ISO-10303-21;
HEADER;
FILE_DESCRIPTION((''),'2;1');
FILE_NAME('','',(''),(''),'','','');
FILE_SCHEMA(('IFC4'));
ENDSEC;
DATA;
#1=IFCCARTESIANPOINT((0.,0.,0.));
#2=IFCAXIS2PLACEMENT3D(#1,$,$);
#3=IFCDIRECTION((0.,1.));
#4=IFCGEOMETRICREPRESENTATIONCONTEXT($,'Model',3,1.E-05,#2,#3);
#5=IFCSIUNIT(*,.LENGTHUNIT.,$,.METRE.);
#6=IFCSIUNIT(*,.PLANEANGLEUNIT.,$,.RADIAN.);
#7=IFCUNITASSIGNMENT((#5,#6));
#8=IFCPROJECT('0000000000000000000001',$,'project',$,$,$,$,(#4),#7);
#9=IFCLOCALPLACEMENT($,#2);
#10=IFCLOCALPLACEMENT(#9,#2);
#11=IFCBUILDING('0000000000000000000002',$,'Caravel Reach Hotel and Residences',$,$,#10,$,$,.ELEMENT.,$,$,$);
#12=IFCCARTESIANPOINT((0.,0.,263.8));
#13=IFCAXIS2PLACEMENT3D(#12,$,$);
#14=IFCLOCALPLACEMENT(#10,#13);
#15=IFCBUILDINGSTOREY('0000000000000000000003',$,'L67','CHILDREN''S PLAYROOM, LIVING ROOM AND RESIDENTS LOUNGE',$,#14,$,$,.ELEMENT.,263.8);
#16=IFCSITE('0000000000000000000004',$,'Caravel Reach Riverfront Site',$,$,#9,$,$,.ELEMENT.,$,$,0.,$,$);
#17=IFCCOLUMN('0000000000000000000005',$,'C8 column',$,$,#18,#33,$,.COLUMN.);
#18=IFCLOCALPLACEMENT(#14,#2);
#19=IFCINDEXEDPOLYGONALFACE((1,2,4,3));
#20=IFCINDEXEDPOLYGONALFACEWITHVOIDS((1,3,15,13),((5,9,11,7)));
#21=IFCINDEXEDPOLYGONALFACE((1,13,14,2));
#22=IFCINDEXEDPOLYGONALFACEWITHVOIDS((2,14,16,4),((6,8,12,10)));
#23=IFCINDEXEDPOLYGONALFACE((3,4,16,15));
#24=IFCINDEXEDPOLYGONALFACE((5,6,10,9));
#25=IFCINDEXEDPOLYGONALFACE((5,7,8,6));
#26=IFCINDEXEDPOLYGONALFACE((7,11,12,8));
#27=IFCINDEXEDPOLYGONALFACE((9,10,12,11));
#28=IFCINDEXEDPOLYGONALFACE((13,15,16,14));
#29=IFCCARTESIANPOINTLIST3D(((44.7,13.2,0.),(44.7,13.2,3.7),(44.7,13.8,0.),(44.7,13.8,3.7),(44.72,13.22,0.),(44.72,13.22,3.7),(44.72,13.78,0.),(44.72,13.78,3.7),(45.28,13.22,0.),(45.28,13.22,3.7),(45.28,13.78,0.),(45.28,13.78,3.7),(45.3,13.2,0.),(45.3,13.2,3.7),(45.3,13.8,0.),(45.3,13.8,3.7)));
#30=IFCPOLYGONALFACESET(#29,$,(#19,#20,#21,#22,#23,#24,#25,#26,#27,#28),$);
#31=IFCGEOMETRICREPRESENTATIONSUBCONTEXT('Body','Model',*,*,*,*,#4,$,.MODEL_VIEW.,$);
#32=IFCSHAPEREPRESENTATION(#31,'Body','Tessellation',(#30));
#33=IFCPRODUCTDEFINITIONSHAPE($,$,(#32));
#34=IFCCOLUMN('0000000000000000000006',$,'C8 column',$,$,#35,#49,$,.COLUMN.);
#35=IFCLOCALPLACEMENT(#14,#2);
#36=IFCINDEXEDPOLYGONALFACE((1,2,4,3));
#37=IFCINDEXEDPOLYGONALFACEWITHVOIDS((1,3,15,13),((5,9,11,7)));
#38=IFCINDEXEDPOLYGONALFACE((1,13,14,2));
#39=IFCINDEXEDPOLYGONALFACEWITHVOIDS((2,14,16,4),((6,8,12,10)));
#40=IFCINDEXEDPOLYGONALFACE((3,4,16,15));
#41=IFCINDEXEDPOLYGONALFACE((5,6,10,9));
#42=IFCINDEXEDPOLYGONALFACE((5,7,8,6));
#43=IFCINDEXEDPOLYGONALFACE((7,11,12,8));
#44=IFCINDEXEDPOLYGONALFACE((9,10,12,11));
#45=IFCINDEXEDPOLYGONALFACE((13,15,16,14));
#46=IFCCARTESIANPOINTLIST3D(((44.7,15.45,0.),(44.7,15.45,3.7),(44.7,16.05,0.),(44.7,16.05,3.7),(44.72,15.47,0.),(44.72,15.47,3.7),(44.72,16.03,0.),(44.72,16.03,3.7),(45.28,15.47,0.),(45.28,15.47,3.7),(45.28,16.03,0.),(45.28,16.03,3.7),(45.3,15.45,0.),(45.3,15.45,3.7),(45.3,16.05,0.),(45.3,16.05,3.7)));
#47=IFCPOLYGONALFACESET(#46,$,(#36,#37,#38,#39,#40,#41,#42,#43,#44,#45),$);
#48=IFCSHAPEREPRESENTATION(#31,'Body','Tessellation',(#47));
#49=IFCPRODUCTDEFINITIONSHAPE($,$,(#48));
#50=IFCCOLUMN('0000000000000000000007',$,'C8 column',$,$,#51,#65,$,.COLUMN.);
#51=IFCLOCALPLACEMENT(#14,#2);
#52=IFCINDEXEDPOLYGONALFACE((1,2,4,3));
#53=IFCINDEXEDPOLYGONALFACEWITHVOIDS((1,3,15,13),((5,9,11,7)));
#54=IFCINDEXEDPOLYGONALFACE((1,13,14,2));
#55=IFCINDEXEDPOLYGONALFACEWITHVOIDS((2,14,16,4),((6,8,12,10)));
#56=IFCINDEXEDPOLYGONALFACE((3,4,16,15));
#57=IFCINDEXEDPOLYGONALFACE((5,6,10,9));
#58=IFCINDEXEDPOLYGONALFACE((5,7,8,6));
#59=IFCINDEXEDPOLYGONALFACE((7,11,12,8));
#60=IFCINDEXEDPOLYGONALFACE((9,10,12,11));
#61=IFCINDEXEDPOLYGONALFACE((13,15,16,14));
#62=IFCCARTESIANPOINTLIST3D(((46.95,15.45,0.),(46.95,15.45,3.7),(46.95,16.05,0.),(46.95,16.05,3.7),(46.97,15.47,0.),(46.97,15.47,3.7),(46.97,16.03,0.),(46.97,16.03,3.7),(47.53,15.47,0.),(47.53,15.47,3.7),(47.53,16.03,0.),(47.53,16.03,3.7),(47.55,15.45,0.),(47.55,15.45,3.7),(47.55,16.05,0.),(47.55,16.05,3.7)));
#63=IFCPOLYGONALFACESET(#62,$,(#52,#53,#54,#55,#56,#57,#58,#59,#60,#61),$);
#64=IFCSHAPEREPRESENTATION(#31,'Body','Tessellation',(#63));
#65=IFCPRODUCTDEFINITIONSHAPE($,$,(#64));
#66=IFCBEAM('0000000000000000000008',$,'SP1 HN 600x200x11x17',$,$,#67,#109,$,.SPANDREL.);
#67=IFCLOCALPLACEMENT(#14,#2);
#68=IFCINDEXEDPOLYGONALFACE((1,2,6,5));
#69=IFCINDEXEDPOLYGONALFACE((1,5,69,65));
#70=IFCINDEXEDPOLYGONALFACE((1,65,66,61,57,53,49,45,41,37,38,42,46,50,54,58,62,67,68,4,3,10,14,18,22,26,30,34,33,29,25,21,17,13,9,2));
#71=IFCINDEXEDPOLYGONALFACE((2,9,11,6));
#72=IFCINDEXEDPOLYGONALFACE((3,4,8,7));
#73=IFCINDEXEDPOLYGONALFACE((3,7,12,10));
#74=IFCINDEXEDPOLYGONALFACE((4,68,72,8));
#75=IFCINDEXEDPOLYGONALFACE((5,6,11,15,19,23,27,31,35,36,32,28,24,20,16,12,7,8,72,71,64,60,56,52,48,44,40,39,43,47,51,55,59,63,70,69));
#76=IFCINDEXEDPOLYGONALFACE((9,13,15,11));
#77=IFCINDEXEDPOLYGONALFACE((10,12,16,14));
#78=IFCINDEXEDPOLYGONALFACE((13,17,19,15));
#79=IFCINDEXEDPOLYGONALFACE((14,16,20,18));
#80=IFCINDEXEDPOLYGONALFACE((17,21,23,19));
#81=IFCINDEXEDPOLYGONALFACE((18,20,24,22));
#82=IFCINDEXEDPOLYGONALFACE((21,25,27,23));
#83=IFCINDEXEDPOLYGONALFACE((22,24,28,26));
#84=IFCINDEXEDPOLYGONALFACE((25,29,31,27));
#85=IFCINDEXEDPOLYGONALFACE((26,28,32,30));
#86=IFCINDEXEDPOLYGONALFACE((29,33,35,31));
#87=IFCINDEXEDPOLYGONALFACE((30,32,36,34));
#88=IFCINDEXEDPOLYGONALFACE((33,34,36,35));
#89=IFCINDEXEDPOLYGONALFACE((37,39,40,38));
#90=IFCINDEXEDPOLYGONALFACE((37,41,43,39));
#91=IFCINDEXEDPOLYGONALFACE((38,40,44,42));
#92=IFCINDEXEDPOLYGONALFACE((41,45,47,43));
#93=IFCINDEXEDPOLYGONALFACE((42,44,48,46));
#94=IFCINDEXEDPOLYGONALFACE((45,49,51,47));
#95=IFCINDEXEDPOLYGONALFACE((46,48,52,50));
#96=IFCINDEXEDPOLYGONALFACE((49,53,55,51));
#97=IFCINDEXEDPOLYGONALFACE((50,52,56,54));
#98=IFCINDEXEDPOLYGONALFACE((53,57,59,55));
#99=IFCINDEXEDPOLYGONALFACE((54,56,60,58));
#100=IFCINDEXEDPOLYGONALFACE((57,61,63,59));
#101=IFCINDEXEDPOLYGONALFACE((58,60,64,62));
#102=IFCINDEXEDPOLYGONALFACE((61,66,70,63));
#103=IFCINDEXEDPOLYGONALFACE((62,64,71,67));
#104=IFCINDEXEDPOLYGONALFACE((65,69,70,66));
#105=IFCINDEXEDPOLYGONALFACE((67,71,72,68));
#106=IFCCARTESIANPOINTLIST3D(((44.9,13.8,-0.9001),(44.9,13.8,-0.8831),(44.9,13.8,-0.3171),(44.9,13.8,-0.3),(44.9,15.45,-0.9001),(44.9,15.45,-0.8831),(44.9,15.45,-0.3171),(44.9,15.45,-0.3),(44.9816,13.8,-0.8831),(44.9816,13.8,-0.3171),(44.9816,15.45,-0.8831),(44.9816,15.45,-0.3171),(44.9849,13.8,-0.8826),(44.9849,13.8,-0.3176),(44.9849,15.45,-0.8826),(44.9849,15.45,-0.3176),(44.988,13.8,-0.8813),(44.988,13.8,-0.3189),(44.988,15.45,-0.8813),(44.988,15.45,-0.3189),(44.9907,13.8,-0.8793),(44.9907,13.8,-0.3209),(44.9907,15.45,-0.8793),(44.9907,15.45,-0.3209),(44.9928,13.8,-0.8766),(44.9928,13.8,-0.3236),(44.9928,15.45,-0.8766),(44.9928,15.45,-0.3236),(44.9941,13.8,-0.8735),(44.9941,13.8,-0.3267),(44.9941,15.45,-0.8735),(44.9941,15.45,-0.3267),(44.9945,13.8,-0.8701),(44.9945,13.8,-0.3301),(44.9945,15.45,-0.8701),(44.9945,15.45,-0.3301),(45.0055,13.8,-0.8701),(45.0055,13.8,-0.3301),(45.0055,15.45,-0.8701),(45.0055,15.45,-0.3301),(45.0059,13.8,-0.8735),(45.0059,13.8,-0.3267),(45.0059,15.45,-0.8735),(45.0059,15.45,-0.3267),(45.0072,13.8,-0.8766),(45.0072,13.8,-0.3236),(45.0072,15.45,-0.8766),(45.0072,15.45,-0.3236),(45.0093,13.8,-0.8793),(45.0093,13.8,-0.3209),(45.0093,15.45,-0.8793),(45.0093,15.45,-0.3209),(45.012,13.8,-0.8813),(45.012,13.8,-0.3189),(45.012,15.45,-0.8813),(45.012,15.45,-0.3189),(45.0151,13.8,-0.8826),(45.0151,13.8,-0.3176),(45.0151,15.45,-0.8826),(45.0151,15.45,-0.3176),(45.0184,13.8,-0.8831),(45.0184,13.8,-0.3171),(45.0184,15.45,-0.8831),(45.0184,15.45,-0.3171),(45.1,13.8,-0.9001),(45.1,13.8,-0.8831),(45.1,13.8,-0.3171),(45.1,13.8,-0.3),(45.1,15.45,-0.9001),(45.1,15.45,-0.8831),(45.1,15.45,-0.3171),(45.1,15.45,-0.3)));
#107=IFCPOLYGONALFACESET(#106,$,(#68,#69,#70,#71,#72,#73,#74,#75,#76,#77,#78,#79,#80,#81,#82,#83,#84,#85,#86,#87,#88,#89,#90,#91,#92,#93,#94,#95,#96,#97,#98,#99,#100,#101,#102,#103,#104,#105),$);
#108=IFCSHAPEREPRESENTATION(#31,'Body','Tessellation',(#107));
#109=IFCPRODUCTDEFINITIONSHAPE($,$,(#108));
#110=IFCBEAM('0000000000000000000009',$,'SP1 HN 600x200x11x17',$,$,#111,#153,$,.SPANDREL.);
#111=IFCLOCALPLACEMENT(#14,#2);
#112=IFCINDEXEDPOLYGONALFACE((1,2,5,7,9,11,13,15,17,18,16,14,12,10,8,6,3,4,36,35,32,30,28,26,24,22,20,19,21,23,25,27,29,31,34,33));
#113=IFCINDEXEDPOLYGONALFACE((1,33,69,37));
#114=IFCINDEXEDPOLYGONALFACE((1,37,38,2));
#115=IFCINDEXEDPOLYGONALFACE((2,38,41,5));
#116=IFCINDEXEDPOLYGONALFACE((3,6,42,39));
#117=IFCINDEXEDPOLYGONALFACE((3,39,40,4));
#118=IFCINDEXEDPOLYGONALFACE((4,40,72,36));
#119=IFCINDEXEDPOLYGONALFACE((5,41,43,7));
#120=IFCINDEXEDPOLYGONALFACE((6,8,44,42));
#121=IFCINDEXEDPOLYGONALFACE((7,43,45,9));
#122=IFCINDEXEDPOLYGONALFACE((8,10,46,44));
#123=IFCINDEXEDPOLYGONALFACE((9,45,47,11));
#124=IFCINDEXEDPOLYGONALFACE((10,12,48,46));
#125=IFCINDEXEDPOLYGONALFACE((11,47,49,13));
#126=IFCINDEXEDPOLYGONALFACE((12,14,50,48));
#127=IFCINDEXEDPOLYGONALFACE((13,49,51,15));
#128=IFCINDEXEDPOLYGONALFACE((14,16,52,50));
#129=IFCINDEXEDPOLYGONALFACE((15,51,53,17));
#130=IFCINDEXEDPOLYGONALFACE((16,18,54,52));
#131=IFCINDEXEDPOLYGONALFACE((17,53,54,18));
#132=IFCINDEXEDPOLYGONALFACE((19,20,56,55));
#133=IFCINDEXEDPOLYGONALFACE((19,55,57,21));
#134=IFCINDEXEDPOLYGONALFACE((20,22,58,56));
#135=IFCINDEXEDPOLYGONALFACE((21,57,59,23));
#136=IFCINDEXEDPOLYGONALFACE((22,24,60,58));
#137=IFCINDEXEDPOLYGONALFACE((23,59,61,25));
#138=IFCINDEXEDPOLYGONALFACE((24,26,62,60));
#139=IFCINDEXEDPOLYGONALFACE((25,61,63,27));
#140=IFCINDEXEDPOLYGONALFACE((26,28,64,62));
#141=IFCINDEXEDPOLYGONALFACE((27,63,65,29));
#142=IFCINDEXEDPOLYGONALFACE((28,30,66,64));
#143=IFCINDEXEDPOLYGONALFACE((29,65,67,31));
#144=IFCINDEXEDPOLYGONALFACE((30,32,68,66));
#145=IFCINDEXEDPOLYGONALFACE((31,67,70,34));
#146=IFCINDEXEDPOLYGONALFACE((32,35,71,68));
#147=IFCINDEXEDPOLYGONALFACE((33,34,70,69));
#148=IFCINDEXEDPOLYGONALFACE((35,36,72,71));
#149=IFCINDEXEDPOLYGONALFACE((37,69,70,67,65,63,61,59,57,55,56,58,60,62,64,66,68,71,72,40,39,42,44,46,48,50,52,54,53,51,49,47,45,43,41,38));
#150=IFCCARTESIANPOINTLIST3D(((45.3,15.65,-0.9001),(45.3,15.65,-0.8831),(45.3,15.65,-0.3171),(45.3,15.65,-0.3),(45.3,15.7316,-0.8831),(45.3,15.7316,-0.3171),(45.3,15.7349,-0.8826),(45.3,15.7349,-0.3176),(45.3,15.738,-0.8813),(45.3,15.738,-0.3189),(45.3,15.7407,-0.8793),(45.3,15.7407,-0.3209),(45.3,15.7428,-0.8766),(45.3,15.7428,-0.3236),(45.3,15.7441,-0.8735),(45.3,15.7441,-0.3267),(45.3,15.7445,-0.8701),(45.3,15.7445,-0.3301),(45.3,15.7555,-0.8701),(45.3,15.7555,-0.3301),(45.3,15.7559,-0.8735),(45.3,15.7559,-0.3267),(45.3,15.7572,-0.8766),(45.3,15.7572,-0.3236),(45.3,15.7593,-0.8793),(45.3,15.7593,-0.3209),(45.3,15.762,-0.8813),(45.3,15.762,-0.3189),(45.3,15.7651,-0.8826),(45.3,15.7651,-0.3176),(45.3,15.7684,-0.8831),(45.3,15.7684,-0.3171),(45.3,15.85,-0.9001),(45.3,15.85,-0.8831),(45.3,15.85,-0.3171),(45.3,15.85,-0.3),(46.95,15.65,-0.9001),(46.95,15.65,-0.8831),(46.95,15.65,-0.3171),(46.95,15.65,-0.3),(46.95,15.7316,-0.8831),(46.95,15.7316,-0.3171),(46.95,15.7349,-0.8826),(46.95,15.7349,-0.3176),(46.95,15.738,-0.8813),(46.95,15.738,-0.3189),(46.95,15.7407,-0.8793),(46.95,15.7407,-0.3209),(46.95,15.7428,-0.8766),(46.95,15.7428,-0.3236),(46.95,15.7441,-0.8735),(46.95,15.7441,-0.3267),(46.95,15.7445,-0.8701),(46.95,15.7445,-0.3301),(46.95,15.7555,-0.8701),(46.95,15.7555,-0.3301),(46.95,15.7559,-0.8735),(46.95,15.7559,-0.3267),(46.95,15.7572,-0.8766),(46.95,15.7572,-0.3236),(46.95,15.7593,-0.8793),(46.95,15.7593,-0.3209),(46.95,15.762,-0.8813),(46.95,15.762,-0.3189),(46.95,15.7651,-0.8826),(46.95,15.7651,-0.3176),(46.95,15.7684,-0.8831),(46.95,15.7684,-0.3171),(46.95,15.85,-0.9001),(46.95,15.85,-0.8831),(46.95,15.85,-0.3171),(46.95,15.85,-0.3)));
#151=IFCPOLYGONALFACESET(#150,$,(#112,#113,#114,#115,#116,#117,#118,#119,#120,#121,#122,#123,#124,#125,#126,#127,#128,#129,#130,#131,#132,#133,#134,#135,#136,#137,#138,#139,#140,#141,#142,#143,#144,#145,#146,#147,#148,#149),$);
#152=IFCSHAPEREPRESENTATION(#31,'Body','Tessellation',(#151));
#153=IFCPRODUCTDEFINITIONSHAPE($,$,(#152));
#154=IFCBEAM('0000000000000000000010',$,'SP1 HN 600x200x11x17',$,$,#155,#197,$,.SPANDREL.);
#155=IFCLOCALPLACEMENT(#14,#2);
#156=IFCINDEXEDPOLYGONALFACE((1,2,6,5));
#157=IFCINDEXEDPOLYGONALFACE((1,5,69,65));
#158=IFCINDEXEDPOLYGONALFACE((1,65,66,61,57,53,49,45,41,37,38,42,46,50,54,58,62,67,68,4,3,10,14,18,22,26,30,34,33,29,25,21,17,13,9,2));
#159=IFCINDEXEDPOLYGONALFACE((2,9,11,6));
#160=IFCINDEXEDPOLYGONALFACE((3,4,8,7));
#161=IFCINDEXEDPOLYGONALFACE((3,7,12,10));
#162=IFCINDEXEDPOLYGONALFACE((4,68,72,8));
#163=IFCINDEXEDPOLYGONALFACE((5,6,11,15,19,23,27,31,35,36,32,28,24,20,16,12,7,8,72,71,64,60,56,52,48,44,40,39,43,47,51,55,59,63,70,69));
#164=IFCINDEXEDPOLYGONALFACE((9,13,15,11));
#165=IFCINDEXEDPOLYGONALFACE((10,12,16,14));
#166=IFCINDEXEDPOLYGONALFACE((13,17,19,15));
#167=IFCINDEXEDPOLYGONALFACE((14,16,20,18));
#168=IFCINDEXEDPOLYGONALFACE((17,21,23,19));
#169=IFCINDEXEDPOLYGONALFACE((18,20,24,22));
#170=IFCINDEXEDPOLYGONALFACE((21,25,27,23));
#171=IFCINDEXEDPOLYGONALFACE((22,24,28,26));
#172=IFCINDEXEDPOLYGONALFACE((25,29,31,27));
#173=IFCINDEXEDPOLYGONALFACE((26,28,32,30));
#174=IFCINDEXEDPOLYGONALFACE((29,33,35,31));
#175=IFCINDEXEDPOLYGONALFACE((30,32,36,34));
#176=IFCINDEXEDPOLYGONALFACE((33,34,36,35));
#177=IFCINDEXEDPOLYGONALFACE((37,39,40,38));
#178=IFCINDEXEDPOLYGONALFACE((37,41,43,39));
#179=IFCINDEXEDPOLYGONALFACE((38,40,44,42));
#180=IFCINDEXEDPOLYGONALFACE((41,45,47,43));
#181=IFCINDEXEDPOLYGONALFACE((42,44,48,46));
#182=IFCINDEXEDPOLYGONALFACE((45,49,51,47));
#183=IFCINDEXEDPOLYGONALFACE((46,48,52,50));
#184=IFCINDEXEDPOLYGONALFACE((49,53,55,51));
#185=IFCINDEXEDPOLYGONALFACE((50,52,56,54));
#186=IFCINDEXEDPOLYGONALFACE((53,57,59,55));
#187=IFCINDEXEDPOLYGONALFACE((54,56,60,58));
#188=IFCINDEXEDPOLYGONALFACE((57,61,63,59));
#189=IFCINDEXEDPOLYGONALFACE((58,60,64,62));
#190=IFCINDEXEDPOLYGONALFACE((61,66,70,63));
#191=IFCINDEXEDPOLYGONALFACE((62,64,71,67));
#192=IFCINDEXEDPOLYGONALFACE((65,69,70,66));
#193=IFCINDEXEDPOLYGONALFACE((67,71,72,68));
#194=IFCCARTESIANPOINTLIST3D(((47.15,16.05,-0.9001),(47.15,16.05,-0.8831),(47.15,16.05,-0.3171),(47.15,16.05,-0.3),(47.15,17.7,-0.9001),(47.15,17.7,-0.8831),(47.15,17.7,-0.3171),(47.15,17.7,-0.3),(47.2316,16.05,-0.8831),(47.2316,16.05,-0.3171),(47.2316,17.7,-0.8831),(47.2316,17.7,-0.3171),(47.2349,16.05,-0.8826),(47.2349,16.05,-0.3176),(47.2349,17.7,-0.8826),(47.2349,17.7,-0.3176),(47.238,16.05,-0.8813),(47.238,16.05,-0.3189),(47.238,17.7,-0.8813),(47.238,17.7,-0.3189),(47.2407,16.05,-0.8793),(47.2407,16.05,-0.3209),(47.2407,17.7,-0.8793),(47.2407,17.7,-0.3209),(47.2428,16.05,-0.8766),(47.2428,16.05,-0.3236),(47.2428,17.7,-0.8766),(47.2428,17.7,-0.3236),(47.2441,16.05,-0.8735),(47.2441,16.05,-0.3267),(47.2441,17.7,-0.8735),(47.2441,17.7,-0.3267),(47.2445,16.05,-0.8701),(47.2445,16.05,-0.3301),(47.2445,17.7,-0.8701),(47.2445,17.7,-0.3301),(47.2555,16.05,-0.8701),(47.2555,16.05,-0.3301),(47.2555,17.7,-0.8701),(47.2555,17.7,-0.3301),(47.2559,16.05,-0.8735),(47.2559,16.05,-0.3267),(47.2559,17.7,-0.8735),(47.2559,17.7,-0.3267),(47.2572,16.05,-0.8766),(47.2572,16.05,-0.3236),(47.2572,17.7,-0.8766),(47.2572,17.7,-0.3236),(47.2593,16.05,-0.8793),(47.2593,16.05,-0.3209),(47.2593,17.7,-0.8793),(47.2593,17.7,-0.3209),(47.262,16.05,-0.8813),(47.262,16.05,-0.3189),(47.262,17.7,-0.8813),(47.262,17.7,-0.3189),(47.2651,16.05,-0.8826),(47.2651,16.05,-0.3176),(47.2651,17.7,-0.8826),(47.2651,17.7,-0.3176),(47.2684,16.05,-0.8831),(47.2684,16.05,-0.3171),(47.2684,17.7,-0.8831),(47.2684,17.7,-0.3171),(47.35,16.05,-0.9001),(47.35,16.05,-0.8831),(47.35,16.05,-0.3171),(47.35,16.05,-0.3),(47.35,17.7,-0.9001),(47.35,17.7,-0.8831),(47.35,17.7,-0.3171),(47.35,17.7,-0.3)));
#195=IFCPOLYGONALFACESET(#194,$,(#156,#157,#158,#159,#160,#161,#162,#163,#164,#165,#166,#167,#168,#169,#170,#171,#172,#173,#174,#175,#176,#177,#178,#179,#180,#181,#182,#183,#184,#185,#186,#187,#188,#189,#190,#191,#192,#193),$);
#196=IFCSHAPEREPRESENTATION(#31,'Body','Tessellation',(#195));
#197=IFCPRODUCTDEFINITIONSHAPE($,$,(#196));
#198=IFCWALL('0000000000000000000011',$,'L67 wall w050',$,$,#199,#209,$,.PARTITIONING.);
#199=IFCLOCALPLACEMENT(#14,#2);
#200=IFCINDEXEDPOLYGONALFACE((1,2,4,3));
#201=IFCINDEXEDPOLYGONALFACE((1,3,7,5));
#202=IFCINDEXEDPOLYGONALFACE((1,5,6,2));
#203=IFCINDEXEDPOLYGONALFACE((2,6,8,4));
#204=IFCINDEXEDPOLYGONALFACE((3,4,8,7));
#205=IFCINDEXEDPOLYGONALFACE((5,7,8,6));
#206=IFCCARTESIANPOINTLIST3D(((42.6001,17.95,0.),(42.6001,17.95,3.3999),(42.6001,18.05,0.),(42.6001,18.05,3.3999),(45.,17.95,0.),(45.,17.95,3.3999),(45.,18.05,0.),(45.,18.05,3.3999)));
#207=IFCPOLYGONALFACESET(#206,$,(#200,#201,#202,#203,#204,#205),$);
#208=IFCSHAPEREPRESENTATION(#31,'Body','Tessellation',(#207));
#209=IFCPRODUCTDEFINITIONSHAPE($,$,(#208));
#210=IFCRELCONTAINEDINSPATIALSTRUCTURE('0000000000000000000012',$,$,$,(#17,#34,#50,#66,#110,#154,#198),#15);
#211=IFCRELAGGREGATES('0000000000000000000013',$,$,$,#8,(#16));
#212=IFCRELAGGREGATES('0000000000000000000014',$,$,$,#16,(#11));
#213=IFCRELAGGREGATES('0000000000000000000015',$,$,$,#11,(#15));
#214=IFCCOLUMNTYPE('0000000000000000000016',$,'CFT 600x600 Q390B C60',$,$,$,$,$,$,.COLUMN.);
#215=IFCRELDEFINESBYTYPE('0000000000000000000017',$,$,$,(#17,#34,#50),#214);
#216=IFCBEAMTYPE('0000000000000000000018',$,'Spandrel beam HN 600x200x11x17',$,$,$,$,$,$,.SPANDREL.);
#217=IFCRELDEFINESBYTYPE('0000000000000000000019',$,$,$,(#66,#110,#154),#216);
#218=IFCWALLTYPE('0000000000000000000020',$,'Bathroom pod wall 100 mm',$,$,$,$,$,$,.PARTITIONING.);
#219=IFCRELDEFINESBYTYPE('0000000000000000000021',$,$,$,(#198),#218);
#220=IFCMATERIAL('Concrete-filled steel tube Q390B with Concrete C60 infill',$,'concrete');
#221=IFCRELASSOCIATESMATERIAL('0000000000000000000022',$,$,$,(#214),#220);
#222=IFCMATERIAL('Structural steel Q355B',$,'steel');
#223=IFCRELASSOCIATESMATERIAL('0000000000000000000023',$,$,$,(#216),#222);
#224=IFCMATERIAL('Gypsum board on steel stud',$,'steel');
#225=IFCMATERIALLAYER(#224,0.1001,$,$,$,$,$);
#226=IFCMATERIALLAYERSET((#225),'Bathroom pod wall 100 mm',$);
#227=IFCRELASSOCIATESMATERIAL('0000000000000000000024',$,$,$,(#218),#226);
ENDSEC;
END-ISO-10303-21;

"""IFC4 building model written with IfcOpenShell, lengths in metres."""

from ifc_helpers import new_model, si_unit, direction, frame, frame_2d, origin, origin_2d, place, context, subcontext, project, spatial, rectangle, hollow_rectangle, i_section, extrude, material, layer, layer_set, material_profile, profile_set, type_object, element, save


model = new_model("IFC4")

# Units and contexts
model_context = context("Model", 3, precision=1e-05, world=origin(), true_north=direction((0.0, 1.0)))
body_context = subcontext(model_context, "Body", "Model", "MODEL_VIEW")
ifc_project = project(units=[si_unit("LENGTHUNIT", "METRE"), si_unit("PLANEANGLEUNIT", "RADIAN")], contexts=[model_context])

# Site, building, storey
site_placement = place(None, origin())
site = spatial("IfcSite", under=ifc_project, at=site_placement, Name="Caravel Reach Riverfront Site", CompositionType="ELEMENT", RefElevation=0.0)
building_placement = place(site_placement, origin())
building = spatial("IfcBuilding", under=site, at=building_placement, Name="Caravel Reach Hotel and Residences", CompositionType="ELEMENT")
storey_placement = place(building_placement, frame((0.0, 0.0, 263.8)))
storey = spatial("IfcBuildingStorey", under=building, at=storey_placement, Name="L67", Description="CHILDREN'S PLAYROOM, LIVING ROOM AND RESIDENTS LOUNGE", CompositionType="ELEMENT", Elevation=263.8)

# Columns
ifc_material_1 = material(Name="Concrete-filled steel tube Q390B with Concrete C60 infill", Category="concrete")
ifc_material_profile_1 = material_profile(ifc_material_1, hollow_rectangle(XDim=0.6001, YDim=0.6001, WallThickness=0.02, at=origin_2d()), Name="RHS 600x600x20")
ifc_profile_set_1 = profile_set([ifc_material_profile_1], Name="Concrete-filled steel tube Q390B with Concrete C60 infill")
column_type = type_object("IfcColumnType", Name="CFT 600x600 Q390B C60", PredefinedType="COLUMN", material=ifc_profile_set_1)
for number, where, z_axis, x_axis, name in (
    (1, (45.0, 13.5, 0.0), (0.0, 0.0, 1.0), (1.0, 0.0, 0.0), "C8 column"),
    (2, (45.0, 15.75, 0.0), (0.0, 0.0, 1.0), (1.0, 0.0, 0.0), "C8 column"),
    (3, (47.25, 15.75, 0.0), (0.0, 0.0, 1.0), (1.0, 0.0, 0.0), "C8 column"),
):
    element("IfcColumn", number, at=place(storey_placement, frame(where, z_axis=z_axis, x_axis=x_axis)), inside=storey, type_object=column_type, Name=name, PredefinedType="COLUMN", context=body_context, shape_type="SweptSolid", body=[
        extrude(hollow_rectangle(XDim=0.6001, YDim=0.6001, WallThickness=0.02, at=origin_2d()), origin(), (0.0, 0.0, 1.0), 3.7),
    ])

# Beams
ifc_material_2 = material(Name="Structural steel Q355B", Category="steel")
ifc_material_profile_2 = material_profile(ifc_material_2, i_section(OverallWidth=0.2, OverallDepth=0.6001, WebThickness=0.011, FlangeThickness=0.0171, FilletRadius=0.0129, at=origin_2d()), Name="HN 600x200x11x17")
ifc_profile_set_2 = profile_set([ifc_material_profile_2], Name="Structural steel Q355B")
beam_type = type_object("IfcBeamType", Name="Spandrel beam HN 600x200x11x17", PredefinedType="SPANDREL", material=ifc_profile_set_2)
for number, where, z_axis, x_axis, name in (
    (4, (45.0, 13.8, -0.6001), (0.0, 1.0, 0.0), (-1.0, 0.0, 0.0), "SP1 HN 600x200x11x17"),
    (5, (45.3, 15.75, -0.6001), (1.0, 0.0, 0.0), (0.0, 1.0, 0.0), "SP1 HN 600x200x11x17"),
    (6, (47.25, 16.05, -0.6001), (0.0, 1.0, 0.0), (-1.0, 0.0, 0.0), "SP1 HN 600x200x11x17"),
):
    element("IfcBeam", number, at=place(storey_placement, frame(where, z_axis=z_axis, x_axis=x_axis)), inside=storey, type_object=beam_type, Name=name, PredefinedType="SPANDREL", context=body_context, shape_type="SweptSolid", body=[
        extrude(i_section(OverallWidth=0.2, OverallDepth=0.6001, WebThickness=0.011, FlangeThickness=0.0171, FilletRadius=0.0129, at=origin_2d()), origin(), (0.0, 0.0, 1.0), 1.6499),
    ])

# Wall
ifc_material_3 = material(Name="Gypsum board on steel stud", Category="steel")
ifc_layer_1 = layer(ifc_material_3, 0.1001)
ifc_layer_set_1 = layer_set([ifc_layer_1], Name="Bathroom pod wall 100 mm")
wall_type_1 = type_object("IfcWallType", Name="Bathroom pod wall 100 mm", PredefinedType="PARTITIONING", material=ifc_layer_set_1)
wall_1_placement = place(storey_placement, frame((42.6001, 18.0, 0.0), z_axis=(0.0, 0.0, 1.0), x_axis=(1.0, 0.0, 0.0)))
element("IfcWall", 7, at=wall_1_placement, inside=storey, type_object=wall_type_1, Name="L67 wall w050", PredefinedType="PARTITIONING", context=body_context, shape_type="SweptSolid", body=[
    extrude(rectangle(XDim=2.3999, YDim=0.1001, at=frame_2d((1.2, 0.0))), origin(), (0.0, 0.0, 1.0), 3.3999),
])

save(model, "model.ifc")
